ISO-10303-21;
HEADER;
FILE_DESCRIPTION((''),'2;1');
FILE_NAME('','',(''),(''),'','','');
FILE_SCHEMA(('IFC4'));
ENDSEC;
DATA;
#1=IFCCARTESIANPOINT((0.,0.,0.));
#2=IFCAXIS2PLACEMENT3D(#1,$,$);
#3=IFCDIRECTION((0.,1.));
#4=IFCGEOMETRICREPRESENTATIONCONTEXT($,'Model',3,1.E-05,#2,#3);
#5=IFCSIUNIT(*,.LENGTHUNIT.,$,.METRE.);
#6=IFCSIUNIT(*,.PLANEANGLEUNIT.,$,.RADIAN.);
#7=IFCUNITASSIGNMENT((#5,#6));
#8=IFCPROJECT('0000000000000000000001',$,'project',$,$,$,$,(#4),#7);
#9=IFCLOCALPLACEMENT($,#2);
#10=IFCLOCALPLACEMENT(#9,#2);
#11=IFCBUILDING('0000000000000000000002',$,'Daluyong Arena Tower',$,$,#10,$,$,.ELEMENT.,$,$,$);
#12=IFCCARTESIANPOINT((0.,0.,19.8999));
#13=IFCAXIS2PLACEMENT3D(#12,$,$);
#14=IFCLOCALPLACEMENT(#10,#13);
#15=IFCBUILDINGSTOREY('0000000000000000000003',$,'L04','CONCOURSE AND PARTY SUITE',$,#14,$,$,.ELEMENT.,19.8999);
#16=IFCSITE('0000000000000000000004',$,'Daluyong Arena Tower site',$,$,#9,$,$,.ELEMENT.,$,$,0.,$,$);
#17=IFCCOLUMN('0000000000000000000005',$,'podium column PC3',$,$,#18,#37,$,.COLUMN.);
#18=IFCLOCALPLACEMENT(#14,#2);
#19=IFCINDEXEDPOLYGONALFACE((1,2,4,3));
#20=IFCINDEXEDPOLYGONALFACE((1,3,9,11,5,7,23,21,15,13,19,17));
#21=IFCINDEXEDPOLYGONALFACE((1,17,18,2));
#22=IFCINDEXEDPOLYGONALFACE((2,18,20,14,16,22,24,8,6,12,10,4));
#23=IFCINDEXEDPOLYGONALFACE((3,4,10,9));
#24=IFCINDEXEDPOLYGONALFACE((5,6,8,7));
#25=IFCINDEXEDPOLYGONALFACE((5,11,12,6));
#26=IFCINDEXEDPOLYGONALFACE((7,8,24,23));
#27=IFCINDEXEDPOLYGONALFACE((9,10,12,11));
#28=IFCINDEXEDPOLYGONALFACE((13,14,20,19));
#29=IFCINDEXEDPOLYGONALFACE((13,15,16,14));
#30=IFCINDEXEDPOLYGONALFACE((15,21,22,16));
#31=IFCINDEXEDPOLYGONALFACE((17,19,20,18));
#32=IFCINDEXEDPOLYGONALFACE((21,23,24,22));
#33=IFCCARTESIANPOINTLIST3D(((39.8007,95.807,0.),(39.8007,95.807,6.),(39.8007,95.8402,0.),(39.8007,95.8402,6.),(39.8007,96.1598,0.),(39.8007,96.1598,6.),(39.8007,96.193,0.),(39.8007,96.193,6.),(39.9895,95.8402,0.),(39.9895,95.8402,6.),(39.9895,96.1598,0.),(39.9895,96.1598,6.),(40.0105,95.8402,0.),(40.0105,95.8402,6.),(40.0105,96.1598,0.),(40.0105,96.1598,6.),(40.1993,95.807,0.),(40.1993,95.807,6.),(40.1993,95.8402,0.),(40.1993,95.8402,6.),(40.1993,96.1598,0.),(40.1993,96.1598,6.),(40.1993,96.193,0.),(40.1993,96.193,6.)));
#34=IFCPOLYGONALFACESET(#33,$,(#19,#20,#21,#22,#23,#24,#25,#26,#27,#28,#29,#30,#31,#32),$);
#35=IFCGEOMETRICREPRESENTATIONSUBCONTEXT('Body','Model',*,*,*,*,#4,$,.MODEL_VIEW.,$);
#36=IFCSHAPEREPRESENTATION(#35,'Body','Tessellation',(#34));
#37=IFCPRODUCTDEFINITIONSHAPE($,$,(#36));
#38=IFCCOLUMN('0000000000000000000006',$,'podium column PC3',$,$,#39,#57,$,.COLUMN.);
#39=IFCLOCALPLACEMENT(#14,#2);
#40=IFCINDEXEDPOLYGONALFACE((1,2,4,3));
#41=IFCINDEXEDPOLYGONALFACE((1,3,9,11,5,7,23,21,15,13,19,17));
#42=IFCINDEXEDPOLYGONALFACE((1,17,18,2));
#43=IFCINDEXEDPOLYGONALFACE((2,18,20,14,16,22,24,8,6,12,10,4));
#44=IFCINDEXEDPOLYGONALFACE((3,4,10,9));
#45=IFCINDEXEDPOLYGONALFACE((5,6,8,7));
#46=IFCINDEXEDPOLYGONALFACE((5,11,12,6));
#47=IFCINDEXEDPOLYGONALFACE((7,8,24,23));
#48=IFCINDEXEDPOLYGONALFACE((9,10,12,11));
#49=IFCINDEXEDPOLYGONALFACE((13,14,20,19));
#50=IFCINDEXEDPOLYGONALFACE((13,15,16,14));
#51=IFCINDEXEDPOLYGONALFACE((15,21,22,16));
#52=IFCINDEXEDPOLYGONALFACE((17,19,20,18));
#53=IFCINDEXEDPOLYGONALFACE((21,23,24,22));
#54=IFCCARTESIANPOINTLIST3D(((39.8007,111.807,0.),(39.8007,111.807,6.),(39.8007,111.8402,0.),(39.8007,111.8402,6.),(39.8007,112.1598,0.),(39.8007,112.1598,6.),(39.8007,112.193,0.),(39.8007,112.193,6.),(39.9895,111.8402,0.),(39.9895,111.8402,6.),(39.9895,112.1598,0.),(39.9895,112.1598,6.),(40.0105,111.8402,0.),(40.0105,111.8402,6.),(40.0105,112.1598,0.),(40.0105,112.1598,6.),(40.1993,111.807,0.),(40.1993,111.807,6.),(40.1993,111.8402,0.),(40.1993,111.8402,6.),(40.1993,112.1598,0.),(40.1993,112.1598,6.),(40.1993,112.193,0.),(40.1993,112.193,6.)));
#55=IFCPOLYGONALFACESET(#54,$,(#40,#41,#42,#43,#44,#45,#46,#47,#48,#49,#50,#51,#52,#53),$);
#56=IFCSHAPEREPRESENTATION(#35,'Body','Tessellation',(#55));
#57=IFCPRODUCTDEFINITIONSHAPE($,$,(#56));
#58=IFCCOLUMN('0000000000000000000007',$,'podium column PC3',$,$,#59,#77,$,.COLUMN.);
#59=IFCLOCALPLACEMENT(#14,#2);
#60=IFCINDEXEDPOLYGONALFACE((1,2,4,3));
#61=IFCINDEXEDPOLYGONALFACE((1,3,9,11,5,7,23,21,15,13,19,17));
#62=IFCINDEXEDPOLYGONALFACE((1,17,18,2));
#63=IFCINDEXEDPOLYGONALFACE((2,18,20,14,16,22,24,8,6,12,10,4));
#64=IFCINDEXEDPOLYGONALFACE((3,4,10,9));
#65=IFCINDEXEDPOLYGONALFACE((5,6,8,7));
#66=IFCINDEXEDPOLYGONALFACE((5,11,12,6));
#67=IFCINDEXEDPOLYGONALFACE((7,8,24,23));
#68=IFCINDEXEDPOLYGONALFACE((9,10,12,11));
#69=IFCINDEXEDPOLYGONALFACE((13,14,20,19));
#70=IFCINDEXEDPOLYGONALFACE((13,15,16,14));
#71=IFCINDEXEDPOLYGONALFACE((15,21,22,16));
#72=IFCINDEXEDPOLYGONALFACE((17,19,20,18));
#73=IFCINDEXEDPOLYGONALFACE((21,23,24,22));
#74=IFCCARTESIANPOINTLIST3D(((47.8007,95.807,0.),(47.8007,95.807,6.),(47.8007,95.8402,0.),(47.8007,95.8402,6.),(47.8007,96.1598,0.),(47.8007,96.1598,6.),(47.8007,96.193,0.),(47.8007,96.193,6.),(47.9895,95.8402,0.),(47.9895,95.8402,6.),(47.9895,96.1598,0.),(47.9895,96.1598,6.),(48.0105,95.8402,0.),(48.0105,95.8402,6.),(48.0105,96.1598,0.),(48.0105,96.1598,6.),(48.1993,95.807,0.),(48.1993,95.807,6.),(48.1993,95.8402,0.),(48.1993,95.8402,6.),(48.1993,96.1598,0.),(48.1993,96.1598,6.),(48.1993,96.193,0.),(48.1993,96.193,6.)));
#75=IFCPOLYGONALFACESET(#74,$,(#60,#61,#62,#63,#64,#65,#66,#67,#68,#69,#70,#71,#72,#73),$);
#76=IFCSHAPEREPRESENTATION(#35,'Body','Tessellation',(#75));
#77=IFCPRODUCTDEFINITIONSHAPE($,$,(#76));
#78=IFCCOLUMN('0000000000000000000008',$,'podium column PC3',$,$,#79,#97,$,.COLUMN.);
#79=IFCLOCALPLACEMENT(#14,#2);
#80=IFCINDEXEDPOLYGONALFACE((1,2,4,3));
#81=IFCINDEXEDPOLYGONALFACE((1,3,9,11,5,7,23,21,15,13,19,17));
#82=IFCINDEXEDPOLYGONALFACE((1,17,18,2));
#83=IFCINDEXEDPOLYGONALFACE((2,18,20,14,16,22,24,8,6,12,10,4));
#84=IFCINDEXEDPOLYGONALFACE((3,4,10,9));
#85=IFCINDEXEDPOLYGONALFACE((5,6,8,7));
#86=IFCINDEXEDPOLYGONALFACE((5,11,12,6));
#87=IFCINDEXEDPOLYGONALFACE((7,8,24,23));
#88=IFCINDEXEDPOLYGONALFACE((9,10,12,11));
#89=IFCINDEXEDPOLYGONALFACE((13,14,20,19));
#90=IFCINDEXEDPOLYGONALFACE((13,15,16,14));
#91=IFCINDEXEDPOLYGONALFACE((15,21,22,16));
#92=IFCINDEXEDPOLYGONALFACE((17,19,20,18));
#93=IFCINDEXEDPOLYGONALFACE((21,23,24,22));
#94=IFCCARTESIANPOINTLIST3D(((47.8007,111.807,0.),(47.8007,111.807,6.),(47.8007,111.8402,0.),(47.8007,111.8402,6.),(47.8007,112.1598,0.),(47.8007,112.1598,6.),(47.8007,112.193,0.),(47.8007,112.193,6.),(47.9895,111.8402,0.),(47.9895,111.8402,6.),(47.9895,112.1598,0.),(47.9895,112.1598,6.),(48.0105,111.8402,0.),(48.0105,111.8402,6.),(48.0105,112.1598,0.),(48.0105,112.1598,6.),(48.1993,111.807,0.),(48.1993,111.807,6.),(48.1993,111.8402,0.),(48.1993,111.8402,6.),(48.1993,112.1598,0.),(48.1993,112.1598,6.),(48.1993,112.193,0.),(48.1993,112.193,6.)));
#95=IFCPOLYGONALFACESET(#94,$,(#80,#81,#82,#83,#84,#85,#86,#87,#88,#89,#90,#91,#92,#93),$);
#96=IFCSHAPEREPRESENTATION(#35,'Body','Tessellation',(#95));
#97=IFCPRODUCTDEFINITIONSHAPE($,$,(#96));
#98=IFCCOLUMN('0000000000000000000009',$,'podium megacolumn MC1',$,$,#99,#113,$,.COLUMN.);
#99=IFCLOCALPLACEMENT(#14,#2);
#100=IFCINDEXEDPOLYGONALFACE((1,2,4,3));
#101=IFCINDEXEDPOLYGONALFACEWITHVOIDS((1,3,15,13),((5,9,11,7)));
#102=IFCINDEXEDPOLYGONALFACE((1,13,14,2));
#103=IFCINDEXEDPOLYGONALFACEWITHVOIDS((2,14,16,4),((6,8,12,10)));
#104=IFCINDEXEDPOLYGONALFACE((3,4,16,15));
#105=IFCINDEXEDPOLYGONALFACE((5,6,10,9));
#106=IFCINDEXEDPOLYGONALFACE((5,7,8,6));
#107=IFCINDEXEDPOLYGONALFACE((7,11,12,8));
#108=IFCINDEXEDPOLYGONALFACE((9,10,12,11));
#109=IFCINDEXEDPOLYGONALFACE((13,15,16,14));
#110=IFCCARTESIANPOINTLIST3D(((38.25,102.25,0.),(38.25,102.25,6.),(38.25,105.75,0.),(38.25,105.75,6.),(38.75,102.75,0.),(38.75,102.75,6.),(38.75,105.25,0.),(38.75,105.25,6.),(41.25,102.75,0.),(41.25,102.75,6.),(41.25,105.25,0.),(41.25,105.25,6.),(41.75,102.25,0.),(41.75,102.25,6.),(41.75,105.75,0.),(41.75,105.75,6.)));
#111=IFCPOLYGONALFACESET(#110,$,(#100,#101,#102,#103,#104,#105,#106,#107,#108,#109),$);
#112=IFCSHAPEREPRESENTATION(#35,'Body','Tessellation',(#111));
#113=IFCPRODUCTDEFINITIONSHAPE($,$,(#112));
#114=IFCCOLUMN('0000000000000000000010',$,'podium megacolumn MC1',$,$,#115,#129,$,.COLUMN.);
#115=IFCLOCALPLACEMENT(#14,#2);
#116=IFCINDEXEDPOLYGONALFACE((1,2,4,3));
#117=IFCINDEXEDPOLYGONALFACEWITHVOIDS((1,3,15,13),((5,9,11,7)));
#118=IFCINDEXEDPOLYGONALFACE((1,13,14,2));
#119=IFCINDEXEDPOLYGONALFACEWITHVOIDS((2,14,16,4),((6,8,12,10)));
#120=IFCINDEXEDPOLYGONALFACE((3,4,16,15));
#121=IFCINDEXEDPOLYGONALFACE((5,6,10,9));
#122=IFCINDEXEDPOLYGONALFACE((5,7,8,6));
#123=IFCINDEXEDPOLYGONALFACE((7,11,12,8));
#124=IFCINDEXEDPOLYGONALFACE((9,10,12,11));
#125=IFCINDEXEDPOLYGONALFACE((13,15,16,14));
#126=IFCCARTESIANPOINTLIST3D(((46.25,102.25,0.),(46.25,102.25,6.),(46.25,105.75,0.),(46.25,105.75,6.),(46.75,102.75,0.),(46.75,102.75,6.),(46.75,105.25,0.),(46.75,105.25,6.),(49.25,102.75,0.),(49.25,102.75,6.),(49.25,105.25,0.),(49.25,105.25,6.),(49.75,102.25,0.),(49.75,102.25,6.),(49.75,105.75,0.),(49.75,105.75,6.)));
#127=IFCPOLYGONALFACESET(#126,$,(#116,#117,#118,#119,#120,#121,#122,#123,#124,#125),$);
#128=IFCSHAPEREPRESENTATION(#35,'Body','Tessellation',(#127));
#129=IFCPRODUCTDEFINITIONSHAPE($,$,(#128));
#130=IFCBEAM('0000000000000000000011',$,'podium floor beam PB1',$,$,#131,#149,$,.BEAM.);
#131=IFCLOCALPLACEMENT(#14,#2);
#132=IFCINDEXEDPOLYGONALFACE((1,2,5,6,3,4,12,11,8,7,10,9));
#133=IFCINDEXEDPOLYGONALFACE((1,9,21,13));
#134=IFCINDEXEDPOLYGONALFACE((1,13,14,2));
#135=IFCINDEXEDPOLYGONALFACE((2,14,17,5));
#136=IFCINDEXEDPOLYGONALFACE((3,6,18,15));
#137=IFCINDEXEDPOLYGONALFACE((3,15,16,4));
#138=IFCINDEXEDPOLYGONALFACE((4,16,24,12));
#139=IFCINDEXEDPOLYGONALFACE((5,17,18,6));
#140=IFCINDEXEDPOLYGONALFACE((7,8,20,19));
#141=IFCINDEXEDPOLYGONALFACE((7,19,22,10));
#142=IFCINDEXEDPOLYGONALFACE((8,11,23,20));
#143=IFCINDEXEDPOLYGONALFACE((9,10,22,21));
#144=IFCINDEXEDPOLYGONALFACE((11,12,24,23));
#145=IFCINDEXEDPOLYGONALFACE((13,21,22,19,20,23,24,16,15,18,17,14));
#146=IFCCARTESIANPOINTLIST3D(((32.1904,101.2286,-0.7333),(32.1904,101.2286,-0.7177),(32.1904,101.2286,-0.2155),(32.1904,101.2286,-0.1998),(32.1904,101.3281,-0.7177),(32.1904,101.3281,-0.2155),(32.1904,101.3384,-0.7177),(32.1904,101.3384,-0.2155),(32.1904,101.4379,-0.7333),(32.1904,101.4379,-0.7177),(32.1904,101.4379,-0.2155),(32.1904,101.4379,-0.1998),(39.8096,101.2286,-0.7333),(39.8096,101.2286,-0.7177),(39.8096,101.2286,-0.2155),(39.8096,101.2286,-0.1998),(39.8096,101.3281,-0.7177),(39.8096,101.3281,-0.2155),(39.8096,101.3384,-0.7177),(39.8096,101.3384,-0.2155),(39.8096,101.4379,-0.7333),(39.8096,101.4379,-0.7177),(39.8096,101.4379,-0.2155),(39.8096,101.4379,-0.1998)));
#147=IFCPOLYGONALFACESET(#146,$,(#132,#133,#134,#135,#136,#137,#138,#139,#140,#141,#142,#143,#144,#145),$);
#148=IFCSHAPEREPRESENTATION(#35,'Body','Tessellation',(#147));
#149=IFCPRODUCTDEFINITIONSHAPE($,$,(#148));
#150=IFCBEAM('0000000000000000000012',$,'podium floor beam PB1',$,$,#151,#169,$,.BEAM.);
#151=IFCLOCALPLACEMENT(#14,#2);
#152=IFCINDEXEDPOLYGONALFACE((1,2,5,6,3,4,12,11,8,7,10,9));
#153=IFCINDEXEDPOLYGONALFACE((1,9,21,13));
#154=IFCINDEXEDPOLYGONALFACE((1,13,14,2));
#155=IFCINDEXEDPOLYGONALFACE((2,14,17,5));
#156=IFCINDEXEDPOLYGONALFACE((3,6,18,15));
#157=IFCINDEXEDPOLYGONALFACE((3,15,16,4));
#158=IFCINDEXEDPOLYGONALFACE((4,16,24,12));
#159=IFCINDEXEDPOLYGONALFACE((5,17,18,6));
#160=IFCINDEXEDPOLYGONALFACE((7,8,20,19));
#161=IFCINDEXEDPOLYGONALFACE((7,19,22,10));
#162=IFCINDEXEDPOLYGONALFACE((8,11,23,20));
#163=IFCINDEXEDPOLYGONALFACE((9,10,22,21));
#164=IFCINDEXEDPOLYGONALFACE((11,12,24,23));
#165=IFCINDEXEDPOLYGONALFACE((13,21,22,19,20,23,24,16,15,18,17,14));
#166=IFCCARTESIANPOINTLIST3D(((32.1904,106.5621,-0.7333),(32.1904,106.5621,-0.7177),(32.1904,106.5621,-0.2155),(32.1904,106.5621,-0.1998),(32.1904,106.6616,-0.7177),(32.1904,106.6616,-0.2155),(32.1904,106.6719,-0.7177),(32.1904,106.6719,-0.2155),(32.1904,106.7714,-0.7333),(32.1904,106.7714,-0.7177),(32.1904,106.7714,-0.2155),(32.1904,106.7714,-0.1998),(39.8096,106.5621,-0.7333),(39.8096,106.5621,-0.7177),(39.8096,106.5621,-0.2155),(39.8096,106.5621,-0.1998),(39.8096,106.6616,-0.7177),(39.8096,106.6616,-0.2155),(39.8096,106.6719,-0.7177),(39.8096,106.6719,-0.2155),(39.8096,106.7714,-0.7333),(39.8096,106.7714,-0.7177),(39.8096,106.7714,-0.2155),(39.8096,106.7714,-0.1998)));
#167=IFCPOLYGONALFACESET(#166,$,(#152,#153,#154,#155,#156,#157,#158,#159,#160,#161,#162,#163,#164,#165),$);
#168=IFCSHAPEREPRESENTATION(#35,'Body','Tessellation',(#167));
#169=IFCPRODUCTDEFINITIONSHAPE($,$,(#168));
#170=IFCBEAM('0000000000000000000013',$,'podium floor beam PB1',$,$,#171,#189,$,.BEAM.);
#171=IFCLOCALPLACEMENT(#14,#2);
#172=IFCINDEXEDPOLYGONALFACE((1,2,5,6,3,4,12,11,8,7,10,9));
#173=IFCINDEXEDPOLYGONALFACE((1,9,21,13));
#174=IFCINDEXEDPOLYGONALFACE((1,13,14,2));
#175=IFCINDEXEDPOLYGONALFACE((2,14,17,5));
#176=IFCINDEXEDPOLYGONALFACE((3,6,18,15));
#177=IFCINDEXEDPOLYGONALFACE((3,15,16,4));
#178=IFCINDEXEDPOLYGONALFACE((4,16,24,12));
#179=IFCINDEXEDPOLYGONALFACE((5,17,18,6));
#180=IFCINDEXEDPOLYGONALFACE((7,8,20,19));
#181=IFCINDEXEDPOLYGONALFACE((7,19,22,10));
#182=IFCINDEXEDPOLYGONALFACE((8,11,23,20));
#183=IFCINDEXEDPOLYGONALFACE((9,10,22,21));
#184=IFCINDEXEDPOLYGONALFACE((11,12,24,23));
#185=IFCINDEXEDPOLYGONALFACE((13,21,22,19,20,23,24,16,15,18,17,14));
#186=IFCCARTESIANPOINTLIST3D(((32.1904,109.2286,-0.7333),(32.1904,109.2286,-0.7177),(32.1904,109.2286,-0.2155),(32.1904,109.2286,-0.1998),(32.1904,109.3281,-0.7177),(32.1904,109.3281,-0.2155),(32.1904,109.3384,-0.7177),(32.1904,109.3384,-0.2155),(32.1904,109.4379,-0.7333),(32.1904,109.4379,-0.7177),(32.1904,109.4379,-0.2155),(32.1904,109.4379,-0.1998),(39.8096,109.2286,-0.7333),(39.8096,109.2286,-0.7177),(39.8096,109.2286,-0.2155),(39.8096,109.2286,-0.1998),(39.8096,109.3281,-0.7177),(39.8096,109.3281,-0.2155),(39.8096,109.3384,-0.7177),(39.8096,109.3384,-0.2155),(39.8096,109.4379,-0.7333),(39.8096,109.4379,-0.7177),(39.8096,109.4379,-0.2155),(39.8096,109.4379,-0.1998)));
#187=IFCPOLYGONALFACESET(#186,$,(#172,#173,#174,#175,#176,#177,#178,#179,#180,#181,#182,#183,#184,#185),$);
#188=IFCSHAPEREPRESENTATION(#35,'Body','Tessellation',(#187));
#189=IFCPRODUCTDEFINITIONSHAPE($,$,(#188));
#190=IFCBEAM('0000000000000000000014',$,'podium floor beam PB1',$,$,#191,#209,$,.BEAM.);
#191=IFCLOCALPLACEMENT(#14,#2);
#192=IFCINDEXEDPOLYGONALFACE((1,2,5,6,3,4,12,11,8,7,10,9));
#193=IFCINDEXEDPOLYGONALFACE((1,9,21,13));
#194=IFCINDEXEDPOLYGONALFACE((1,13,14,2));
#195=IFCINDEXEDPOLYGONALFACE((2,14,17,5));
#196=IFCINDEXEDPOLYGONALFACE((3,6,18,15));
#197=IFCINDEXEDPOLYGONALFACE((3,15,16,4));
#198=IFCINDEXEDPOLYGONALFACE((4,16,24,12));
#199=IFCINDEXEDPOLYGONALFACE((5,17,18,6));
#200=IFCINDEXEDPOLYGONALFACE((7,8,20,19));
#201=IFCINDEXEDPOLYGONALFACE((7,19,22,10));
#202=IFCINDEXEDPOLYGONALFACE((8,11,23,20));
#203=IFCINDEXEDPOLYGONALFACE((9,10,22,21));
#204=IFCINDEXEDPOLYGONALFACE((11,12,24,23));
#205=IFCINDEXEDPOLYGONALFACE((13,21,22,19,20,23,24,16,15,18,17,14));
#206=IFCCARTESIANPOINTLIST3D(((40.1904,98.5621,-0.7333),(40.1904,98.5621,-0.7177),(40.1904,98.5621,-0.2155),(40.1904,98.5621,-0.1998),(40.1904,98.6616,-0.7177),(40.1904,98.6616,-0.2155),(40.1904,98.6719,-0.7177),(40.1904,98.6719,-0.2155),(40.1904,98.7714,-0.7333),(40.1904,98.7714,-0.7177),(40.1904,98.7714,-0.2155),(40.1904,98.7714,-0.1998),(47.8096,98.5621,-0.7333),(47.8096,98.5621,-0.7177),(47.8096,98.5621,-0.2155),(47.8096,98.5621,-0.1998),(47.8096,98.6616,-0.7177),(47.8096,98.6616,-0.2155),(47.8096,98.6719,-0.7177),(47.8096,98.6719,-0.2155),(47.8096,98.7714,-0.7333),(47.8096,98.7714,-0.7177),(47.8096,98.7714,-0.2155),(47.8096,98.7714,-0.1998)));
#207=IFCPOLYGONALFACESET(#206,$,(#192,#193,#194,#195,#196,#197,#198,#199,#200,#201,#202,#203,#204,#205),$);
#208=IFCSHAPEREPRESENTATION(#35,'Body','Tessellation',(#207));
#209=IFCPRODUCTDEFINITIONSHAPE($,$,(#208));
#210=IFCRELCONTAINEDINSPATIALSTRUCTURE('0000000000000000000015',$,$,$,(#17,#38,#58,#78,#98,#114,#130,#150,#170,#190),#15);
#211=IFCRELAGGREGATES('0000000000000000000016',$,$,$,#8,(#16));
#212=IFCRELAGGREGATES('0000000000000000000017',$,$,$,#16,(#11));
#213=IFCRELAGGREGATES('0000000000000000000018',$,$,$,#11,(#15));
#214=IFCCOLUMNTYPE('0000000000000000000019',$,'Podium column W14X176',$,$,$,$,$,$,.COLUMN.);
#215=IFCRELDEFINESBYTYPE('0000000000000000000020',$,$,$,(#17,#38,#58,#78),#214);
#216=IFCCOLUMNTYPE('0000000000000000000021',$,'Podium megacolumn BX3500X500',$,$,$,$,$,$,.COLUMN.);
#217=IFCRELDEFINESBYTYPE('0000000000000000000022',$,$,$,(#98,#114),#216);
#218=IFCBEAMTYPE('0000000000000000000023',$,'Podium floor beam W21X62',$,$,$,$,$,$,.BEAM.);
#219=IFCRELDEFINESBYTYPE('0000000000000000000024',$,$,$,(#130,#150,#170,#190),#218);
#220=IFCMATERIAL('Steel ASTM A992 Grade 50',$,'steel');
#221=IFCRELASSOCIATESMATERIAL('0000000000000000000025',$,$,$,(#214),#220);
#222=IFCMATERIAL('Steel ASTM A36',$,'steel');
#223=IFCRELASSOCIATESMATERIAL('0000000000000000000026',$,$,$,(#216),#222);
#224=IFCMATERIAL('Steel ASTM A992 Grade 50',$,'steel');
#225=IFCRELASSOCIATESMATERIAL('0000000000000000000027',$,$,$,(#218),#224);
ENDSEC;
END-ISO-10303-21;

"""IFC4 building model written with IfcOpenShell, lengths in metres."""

from ifc_helpers import new_model, si_unit, direction, frame, origin, origin_2d, place, context, subcontext, project, spatial, hollow_rectangle, i_section, extrude, material, material_profile, profile_set, type_object, element, save


model = new_model("IFC4")

# Units and contexts
model_context = context("Model", 3, precision=1e-05, world=origin(), true_north=direction((0.0, 1.0)))
body_context = subcontext(model_context, "Body", "Model", "MODEL_VIEW")
ifc_project = project(units=[si_unit("LENGTHUNIT", "METRE"), si_unit("PLANEANGLEUNIT", "RADIAN")], contexts=[model_context])

# Site, building, storey
site_placement = place(None, origin())
site = spatial("IfcSite", under=ifc_project, at=site_placement, Name="Daluyong Arena Tower site", CompositionType="ELEMENT", RefElevation=0.0)
building_placement = place(site_placement, origin())
building = spatial("IfcBuilding", under=site, at=building_placement, Name="Daluyong Arena Tower", CompositionType="ELEMENT")
storey_placement = place(building_placement, frame((0.0, 0.0, 19.8999)))
storey = spatial("IfcBuildingStorey", under=building, at=storey_placement, Name="L04", Description="CONCOURSE AND PARTY SUITE", CompositionType="ELEMENT", Elevation=19.8999)

# Columns
ifc_material_1 = material(Name="Steel ASTM A992 Grade 50", Category="steel")
ifc_material_profile_1 = material_profile(ifc_material_1, i_section(OverallWidth=0.3987, OverallDepth=0.386, WebThickness=0.021, FlangeThickness=0.0332, at=origin_2d()))
ifc_profile_set_1 = profile_set([ifc_material_profile_1], Name="Steel ASTM A992 Grade 50")
column_type_1 = type_object("IfcColumnType", Name="Podium column W14X176", PredefinedType="COLUMN", material=ifc_profile_set_1)
for number, where, z_axis, x_axis, name in (
    (1, (40.0, 96.0, 0.0), (0.0, 0.0, 1.0), (1.0, 0.0, 0.0), "podium column PC3"),
    (2, (40.0, 112.0, 0.0), (0.0, 0.0, 1.0), (1.0, 0.0, 0.0), "podium column PC3"),
    (3, (48.0, 96.0, 0.0), (0.0, 0.0, 1.0), (1.0, 0.0, 0.0), "podium column PC3"),
    (4, (48.0, 112.0, 0.0), (0.0, 0.0, 1.0), (1.0, 0.0, 0.0), "podium column PC3"),
):
    element("IfcColumn", number, at=place(storey_placement, frame(where, z_axis=z_axis, x_axis=x_axis)), inside=storey, type_object=column_type_1, Name=name, PredefinedType="COLUMN", context=body_context, shape_type="SweptSolid", body=[
        extrude(i_section(OverallWidth=0.3987, OverallDepth=0.386, WebThickness=0.021, FlangeThickness=0.0332, at=origin_2d()), origin(), (0.0, 0.0, 1.0), 6.0),
    ])
ifc_material_2 = material(Name="Steel ASTM A36", Category="steel")
ifc_material_profile_2 = material_profile(ifc_material_2, hollow_rectangle(XDim=3.5, YDim=3.5, WallThickness=0.5, at=origin_2d()))
ifc_profile_set_2 = profile_set([ifc_material_profile_2], Name="Steel ASTM A36")
column_type_2 = type_object("IfcColumnType", Name="Podium megacolumn BX3500X500", PredefinedType="COLUMN", material=ifc_profile_set_2)
for number, where, z_axis, x_axis, name in (
    (5, (40.0, 104.0, 0.0), (0.0, 0.0, 1.0), (1.0, 0.0, 0.0), "podium megacolumn MC1"),
    (6, (48.0, 104.0, 0.0), (0.0, 0.0, 1.0), (1.0, 0.0, 0.0), "podium megacolumn MC1"),
):
    element("IfcColumn", number, at=place(storey_placement, frame(where, z_axis=z_axis, x_axis=x_axis)), inside=storey, type_object=column_type_2, Name=name, PredefinedType="COLUMN", context=body_context, shape_type="SweptSolid", body=[
        extrude(hollow_rectangle(XDim=3.5, YDim=3.5, WallThickness=0.5, at=origin_2d()), origin(), (0.0, 0.0, 1.0), 6.0),
    ])

# Beams
ifc_material_3 = material(Name="Steel ASTM A992 Grade 50", Category="steel")
ifc_material_profile_3 = material_profile(ifc_material_3, i_section(OverallWidth=0.2092, OverallDepth=0.5334, WebThickness=0.0103, FlangeThickness=0.0156, at=origin_2d()))
ifc_profile_set_3 = profile_set([ifc_material_profile_3], Name="Steel ASTM A992 Grade 50")
beam_type_1 = type_object("IfcBeamType", Name="Podium floor beam W21X62", PredefinedType="BEAM", material=ifc_profile_set_3)
for number, where, z_axis, x_axis, name in (
    (7, (32.1904, 101.3333, -0.4666), (1.0, 0.0, 0.0), (0.0, 1.0, 0.0), "podium floor beam PB1"),
    (8, (32.1904, 106.6667, -0.4666), (1.0, 0.0, 0.0), (0.0, 1.0, 0.0), "podium floor beam PB1"),
    (9, (32.1904, 109.3333, -0.4666), (1.0, 0.0, 0.0), (0.0, 1.0, 0.0), "podium floor beam PB1"),
    (10, (40.1904, 98.6667, -0.4666), (1.0, 0.0, 0.0), (0.0, 1.0, 0.0), "podium floor beam PB1"),
):
    element("IfcBeam", number, at=place(storey_placement, frame(where, z_axis=z_axis, x_axis=x_axis)), inside=storey, type_object=beam_type_1, Name=name, PredefinedType="BEAM", context=body_context, shape_type="SweptSolid", body=[
        extrude(i_section(OverallWidth=0.2092, OverallDepth=0.5334, WebThickness=0.0103, FlangeThickness=0.0156, at=origin_2d()), origin(), (0.0, 0.0, 1.0), 7.6191),
    ])

save(model, "model.ifc")
